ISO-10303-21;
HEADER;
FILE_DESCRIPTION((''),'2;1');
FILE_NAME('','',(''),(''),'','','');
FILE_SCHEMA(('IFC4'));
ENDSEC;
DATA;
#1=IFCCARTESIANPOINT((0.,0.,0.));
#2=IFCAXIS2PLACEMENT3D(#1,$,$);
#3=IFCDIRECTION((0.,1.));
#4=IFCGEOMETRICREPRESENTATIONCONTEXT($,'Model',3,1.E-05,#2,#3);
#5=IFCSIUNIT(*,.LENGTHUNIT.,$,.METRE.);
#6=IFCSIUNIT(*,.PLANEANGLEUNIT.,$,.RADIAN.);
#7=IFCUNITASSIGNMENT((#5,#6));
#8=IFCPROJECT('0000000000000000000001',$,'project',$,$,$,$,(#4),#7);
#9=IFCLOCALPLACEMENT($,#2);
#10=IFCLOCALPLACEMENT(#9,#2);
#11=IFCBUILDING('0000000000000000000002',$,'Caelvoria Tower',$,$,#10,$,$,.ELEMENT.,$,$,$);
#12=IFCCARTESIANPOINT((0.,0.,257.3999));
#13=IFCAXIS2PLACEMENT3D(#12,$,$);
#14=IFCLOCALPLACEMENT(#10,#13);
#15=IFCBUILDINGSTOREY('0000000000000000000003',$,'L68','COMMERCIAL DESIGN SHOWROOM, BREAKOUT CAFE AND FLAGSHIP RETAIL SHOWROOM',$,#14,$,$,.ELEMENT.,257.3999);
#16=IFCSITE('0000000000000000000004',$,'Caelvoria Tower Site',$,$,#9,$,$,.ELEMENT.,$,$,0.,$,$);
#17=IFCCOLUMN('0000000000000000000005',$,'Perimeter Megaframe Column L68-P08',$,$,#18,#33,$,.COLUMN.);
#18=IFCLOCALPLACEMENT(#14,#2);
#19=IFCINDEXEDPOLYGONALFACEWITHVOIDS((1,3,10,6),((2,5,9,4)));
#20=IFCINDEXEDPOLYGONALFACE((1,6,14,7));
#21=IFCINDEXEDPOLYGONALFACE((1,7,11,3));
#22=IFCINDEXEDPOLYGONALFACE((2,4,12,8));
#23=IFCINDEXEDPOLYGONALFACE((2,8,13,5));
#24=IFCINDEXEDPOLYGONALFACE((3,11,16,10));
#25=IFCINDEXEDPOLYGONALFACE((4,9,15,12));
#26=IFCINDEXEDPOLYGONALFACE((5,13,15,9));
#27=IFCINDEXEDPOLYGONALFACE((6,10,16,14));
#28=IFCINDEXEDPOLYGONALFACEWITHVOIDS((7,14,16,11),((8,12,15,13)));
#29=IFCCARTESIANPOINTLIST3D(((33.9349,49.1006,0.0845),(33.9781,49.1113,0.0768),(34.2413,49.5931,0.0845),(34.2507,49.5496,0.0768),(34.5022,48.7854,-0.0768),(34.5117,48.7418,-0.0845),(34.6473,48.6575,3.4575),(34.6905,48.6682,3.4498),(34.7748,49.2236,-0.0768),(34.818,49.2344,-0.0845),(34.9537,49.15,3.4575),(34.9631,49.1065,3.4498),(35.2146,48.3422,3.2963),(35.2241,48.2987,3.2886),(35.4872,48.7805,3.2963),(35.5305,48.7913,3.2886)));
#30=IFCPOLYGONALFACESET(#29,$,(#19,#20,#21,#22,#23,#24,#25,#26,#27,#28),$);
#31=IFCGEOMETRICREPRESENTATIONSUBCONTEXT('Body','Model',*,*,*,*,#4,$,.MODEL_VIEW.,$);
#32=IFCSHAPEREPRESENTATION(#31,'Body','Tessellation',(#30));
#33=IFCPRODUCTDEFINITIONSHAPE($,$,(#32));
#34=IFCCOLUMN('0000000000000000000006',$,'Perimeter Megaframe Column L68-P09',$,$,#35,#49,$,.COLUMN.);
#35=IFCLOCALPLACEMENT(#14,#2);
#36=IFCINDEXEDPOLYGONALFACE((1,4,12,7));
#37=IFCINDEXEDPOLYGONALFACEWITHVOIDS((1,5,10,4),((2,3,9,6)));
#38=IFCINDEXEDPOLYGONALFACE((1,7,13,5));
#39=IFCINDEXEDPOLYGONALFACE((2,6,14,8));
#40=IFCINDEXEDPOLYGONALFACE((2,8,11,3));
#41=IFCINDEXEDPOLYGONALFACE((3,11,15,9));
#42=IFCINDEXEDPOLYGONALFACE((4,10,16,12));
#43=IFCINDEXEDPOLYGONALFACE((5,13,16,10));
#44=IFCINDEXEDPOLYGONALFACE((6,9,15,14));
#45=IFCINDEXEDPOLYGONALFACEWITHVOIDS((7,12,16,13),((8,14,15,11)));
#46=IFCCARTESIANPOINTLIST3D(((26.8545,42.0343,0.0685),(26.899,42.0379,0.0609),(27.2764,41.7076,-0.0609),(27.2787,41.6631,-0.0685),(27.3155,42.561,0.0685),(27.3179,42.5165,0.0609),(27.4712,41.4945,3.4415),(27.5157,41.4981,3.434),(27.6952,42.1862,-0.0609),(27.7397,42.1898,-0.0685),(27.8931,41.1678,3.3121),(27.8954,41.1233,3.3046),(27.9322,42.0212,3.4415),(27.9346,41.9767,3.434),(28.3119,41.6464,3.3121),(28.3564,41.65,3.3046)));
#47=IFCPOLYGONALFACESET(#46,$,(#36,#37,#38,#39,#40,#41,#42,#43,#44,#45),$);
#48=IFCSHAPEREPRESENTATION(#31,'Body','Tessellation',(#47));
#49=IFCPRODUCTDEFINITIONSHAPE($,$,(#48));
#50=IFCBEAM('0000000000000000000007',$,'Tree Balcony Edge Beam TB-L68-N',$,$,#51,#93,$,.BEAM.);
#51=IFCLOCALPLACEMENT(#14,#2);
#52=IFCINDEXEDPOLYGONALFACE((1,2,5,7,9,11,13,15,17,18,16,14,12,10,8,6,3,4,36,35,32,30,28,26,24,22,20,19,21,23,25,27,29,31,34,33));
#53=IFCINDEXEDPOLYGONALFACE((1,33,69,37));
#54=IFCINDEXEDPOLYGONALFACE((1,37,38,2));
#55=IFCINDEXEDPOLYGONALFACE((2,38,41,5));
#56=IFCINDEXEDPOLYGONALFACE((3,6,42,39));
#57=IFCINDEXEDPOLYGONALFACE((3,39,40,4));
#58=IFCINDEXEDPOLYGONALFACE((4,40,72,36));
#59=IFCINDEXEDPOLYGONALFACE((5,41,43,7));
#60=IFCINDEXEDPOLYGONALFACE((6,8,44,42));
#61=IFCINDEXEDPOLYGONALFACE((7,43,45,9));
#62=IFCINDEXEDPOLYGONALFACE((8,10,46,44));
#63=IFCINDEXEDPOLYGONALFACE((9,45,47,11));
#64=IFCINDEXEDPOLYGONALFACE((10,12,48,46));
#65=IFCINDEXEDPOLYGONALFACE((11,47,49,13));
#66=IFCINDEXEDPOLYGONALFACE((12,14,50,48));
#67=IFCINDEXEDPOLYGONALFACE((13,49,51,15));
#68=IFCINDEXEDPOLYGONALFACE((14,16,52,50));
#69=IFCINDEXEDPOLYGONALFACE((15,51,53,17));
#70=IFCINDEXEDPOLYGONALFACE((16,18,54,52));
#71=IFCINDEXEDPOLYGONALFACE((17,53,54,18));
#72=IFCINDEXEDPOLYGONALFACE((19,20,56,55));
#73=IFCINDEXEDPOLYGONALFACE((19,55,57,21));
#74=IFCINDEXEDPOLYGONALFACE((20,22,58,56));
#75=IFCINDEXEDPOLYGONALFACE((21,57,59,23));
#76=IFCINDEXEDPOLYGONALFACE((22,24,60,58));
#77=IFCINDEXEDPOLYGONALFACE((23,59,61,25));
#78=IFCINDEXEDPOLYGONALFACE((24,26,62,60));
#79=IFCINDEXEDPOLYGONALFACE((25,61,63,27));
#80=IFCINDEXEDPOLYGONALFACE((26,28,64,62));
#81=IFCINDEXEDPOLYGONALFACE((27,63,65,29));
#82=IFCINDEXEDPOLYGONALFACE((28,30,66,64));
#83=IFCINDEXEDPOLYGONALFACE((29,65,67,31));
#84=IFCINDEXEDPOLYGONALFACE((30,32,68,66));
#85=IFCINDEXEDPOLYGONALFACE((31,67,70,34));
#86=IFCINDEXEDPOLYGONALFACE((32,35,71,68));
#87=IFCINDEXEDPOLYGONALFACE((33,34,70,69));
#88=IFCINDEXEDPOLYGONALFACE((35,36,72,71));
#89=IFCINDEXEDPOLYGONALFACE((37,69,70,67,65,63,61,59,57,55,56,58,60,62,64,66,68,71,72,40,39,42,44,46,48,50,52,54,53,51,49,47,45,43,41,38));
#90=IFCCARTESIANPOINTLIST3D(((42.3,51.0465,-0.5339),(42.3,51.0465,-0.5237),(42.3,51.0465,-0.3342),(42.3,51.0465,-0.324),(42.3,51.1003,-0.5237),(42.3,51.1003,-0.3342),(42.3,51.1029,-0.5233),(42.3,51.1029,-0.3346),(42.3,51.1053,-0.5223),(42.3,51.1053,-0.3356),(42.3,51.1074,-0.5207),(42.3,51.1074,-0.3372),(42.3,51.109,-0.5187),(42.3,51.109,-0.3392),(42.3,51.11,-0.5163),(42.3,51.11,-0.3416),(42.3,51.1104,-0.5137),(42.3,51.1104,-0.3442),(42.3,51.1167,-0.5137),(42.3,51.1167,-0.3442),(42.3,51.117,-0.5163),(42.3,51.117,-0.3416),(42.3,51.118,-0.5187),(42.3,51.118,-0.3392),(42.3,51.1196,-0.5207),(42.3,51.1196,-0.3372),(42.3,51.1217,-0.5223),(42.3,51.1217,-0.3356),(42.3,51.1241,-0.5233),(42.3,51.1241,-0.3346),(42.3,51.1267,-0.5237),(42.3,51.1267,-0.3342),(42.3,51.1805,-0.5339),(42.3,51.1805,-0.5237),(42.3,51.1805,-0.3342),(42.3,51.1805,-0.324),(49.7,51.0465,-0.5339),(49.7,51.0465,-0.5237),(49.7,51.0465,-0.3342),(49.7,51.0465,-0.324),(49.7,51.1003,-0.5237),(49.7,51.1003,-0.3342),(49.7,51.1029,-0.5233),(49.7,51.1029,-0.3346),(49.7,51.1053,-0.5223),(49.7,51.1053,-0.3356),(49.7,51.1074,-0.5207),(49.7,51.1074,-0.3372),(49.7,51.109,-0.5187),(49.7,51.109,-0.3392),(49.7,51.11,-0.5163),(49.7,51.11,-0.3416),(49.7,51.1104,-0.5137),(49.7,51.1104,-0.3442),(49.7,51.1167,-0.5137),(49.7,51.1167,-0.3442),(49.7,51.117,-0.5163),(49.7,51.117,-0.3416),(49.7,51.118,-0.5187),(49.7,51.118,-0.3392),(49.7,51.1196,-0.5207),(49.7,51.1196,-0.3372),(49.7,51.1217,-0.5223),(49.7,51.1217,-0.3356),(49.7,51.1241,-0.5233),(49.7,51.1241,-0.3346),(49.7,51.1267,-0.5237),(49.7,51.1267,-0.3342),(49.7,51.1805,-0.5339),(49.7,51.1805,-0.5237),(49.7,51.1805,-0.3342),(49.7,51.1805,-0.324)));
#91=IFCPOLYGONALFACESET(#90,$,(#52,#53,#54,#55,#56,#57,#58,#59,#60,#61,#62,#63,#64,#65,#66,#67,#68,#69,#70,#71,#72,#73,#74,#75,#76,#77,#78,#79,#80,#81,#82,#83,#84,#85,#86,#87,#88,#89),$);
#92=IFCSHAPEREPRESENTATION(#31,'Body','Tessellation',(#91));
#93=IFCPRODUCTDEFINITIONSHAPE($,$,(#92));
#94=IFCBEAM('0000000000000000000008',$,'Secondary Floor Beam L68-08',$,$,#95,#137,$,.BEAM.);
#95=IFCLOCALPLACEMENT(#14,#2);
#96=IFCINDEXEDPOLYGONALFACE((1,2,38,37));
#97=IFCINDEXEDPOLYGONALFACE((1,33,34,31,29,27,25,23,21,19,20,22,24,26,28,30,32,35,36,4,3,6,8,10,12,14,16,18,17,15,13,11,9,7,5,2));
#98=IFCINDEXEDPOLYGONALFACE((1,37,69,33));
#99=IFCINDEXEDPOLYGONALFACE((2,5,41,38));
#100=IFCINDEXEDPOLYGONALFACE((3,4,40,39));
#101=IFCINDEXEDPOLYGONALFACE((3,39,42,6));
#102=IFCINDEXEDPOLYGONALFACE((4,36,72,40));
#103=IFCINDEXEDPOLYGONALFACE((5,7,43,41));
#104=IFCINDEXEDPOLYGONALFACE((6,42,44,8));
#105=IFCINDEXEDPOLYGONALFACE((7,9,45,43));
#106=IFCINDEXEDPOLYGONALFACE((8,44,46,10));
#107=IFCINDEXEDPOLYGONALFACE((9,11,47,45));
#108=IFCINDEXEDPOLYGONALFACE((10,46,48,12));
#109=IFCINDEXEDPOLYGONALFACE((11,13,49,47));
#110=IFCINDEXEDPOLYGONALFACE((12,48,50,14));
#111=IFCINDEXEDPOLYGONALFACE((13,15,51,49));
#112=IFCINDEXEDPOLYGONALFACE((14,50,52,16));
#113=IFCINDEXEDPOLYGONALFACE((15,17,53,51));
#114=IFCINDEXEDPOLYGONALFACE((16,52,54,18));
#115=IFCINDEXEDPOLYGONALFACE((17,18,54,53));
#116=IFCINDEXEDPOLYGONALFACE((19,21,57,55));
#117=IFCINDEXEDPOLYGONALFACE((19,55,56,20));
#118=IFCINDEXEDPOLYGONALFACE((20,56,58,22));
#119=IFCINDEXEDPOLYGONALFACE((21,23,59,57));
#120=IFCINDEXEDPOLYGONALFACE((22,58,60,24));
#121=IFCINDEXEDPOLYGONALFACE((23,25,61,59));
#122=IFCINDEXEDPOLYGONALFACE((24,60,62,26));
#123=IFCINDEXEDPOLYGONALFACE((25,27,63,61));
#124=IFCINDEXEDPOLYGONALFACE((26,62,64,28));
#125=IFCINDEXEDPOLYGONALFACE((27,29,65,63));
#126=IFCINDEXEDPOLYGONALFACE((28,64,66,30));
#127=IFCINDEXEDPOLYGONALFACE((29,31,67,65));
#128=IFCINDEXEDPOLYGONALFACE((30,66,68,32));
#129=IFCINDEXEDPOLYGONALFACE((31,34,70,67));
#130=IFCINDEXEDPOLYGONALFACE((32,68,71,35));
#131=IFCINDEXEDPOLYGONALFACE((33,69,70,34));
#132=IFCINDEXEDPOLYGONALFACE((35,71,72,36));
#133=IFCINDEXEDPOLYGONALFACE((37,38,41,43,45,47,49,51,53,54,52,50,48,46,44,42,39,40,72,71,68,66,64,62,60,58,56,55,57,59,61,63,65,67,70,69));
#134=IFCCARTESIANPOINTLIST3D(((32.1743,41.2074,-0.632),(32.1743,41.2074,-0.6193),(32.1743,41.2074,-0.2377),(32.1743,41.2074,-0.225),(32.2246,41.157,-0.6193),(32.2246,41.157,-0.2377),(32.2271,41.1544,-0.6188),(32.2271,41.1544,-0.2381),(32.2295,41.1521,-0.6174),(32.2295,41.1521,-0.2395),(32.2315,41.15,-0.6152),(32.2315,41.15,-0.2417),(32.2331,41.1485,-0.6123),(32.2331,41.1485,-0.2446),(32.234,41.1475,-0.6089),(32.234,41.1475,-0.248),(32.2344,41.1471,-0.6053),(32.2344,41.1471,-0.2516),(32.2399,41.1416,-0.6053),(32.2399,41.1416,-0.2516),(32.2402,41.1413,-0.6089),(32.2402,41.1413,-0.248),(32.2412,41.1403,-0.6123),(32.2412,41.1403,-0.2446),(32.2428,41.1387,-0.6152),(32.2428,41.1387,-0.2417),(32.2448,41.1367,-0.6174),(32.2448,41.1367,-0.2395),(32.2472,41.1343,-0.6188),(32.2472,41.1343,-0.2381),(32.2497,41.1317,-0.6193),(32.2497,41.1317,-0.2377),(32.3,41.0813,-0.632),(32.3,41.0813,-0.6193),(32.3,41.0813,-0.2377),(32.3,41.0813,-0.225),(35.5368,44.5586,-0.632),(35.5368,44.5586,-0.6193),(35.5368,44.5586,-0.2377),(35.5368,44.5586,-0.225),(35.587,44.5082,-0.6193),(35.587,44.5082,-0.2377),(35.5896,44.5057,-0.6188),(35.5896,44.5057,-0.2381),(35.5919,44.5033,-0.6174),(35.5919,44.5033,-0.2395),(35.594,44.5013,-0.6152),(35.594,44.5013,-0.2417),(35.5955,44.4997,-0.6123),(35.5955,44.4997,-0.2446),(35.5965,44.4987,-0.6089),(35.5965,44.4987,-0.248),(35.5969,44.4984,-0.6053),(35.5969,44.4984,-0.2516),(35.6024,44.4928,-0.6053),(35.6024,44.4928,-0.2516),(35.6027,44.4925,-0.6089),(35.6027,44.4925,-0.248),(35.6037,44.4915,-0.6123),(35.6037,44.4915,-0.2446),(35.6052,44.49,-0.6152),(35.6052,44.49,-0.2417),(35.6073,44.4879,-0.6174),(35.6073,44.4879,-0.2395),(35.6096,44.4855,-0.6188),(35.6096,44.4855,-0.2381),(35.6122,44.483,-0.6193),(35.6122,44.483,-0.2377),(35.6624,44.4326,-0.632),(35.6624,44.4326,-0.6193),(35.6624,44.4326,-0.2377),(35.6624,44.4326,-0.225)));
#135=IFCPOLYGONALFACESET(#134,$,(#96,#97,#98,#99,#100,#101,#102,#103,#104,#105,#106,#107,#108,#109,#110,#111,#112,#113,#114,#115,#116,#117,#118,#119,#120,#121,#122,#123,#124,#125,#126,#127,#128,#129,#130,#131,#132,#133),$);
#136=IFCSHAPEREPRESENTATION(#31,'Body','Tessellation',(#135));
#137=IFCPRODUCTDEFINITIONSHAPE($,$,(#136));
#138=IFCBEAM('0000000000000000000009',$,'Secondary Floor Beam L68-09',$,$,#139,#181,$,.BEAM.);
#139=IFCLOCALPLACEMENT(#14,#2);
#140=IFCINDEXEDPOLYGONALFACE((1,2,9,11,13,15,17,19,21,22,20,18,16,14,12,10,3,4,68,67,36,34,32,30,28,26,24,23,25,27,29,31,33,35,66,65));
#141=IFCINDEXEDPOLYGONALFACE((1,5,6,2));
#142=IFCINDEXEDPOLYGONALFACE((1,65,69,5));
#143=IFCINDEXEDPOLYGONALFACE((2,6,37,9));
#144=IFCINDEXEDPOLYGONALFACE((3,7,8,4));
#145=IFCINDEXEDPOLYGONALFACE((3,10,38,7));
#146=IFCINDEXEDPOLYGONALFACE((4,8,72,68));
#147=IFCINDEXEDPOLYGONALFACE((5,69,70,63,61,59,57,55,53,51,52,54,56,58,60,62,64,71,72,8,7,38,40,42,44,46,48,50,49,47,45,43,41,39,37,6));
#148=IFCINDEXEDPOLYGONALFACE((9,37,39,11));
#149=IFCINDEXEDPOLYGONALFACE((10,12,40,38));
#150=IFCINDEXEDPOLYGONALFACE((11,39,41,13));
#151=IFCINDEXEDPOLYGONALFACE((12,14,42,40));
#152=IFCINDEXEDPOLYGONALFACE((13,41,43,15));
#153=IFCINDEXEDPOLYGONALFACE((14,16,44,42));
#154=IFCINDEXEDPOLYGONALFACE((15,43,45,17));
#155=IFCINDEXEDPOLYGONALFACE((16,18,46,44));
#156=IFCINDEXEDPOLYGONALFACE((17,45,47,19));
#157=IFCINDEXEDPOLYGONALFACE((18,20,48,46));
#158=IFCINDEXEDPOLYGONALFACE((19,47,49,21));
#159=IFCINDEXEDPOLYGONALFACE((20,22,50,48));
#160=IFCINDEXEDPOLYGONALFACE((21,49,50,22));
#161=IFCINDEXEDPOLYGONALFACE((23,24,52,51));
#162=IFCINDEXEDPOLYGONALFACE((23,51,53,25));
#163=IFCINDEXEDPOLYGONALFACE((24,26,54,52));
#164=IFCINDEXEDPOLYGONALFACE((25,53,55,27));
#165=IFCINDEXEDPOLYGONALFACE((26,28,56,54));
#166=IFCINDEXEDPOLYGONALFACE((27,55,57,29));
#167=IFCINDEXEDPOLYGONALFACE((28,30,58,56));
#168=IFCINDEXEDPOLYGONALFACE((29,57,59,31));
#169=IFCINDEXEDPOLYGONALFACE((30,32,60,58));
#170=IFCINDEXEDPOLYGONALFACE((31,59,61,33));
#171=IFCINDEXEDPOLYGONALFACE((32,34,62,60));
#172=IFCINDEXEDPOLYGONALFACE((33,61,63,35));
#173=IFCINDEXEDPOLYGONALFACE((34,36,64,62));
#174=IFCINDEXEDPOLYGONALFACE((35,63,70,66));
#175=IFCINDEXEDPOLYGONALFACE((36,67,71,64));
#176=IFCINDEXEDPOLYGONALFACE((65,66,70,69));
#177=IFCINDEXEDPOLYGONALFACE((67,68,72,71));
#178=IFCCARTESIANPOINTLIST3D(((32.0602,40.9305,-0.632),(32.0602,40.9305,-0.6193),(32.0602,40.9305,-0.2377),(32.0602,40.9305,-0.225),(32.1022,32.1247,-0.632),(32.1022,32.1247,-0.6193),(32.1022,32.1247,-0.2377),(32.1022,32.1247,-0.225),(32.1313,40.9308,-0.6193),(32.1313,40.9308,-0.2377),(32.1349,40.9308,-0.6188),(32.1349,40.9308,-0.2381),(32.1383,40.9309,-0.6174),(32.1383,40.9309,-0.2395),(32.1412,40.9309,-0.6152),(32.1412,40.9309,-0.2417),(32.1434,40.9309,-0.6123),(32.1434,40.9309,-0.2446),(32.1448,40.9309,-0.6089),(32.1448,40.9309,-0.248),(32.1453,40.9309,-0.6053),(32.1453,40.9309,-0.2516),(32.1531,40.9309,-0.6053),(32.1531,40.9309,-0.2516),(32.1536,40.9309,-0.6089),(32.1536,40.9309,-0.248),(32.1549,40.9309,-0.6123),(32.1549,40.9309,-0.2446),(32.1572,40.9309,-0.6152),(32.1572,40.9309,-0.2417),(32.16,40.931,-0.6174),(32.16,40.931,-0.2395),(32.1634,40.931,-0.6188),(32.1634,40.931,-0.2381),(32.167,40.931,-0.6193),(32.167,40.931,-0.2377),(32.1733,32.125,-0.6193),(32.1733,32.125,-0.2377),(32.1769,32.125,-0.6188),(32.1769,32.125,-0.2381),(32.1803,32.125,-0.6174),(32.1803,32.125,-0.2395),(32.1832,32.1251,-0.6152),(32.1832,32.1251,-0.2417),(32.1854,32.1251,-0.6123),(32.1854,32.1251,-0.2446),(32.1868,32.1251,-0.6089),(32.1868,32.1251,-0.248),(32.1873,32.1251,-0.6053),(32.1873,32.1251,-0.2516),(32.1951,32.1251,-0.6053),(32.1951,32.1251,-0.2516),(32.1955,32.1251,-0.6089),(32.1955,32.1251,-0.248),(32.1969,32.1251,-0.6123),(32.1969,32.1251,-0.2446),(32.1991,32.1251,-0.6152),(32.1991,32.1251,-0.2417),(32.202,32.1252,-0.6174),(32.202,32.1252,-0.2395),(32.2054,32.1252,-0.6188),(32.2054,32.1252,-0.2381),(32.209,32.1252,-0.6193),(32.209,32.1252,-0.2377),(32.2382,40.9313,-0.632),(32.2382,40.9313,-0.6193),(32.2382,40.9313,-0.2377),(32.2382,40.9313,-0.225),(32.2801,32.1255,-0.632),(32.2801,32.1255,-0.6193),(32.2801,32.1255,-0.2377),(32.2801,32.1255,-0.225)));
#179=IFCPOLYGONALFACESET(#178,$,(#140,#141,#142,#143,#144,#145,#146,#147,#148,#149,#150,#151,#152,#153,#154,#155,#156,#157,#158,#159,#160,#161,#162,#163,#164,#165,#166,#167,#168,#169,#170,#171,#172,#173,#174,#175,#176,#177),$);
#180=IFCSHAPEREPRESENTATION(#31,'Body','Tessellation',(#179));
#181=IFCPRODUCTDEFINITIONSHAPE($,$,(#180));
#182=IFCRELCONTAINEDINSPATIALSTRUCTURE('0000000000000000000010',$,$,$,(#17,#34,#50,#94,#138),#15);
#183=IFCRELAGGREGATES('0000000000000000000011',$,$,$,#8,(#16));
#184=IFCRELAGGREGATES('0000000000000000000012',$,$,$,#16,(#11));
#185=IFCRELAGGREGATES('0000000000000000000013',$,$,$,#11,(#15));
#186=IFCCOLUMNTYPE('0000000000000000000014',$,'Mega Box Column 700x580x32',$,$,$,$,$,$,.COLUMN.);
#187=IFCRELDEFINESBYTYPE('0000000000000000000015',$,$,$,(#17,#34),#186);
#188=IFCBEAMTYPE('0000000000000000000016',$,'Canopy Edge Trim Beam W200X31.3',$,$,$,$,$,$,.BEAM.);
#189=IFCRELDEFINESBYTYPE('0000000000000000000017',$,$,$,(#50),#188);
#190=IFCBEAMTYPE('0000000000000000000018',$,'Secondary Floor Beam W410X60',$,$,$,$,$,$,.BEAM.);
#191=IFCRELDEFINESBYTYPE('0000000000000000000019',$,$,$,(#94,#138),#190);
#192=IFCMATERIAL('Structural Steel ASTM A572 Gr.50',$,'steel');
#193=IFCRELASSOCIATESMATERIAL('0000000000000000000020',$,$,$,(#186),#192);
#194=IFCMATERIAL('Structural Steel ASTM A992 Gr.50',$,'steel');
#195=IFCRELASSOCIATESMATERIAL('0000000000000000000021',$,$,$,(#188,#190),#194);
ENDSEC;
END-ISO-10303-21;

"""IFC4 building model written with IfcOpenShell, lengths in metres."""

from ifc_helpers import new_model, si_unit, direction, frame, origin, origin_2d, place, context, subcontext, project, spatial, hollow_rectangle, i_section, extrude, material, material_profile, profile_set, type_object, element, save


model = new_model("IFC4")

# Units and contexts
model_context = context("Model", 3, precision=1e-05, world=origin(), true_north=direction((0.0, 1.0)))
body_context = subcontext(model_context, "Body", "Model", "MODEL_VIEW")
ifc_project = project(units=[si_unit("LENGTHUNIT", "METRE"), si_unit("PLANEANGLEUNIT", "RADIAN")], contexts=[model_context])

# Site, building, storey
site_placement = place(None, origin())
site = spatial("IfcSite", under=ifc_project, at=site_placement, Name="Caelvoria Tower Site", CompositionType="ELEMENT", RefElevation=0.0)
building_placement = place(site_placement, origin())
building = spatial("IfcBuilding", under=site, at=building_placement, Name="Caelvoria Tower", CompositionType="ELEMENT")
storey_placement = place(building_placement, frame((0.0, 0.0, 257.3999)))
storey = spatial("IfcBuildingStorey", under=building, at=storey_placement, Name="L68", Description="COMMERCIAL DESIGN SHOWROOM, BREAKOUT CAFE AND FLAGSHIP RETAIL SHOWROOM", CompositionType="ELEMENT", Elevation=257.3999)

# Columns
ifc_material_1 = material(Name="Structural Steel ASTM A572 Gr.50", Category="steel")
ifc_material_profile_1 = material_profile(ifc_material_1, hollow_rectangle(XDim=0.5801, YDim=0.7, WallThickness=0.032, at=origin_2d()), Name="Structural Steel ASTM A572 Gr.50")
ifc_profile_set_1 = profile_set([ifc_material_profile_1], Name="BOX700X580X32 - Structural Steel ASTM A572 Gr.50")
column_type = type_object("IfcColumnType", Name="Mega Box Column 700x580x32", PredefinedType="COLUMN", material=ifc_profile_set_1)
column_1_placement = place(storey_placement, frame((34.3765, 49.1675, 0.0), z_axis=(0.20496, -0.127485, 0.970432), x_axis=(0.528167, 0.849141, 0.0)))
element("IfcColumn", 1, at=column_1_placement, inside=storey, type_object=column_type, Name="Perimeter Megaframe Column L68-P08", PredefinedType="COLUMN", context=body_context, shape_type="SweptSolid", body=[
    extrude(hollow_rectangle(XDim=0.5801, YDim=0.7, WallThickness=0.032, at=origin_2d()), origin(), (0.0, 0.0, 1.0), 3.4758),
])
column_2_placement = place(storey_placement, frame((27.2971, 42.1121, 0.0), z_axis=(0.177662, -0.155507, 0.971727), x_axis=(-0.731192, 0.64001, 0.236107)))
element("IfcColumn", 2, at=column_2_placement, inside=storey, type_object=column_type, Name="Perimeter Megaframe Column L68-P09", PredefinedType="COLUMN", context=body_context, shape_type="SweptSolid", body=[
    extrude(hollow_rectangle(XDim=0.5801, YDim=0.7, WallThickness=0.032, at=origin_2d()), origin(), (0.0, 0.0, 1.0), 3.4712),
])

# Beams
ifc_material_2 = material(Name="Structural Steel ASTM A992 Gr.50", Category="steel")
ifc_material_profile_2 = material_profile(ifc_material_2, i_section(OverallWidth=0.134, OverallDepth=0.21, WebThickness=0.0063, FlangeThickness=0.0103, FilletRadius=0.01, at=origin_2d()), Name="Structural Steel ASTM A992 Gr.50")
ifc_profile_set_2 = profile_set([ifc_material_profile_2], Name="W200X31.3 - Structural Steel ASTM A992 Gr.50")
beam_type_1 = type_object("IfcBeamType", Name="Canopy Edge Trim Beam W200X31.3", PredefinedType="BEAM", material=ifc_profile_set_2)
beam_1_placement = place(storey_placement, frame((42.3, 51.1135, -0.429), z_axis=(1.0, 0.0, 0.0), x_axis=(0.0, 1.0, 0.0)))
element("IfcBeam", 3, at=beam_1_placement, inside=storey, type_object=beam_type_1, Name="Tree Balcony Edge Beam TB-L68-N", PredefinedType="BEAM", context=body_context, shape_type="SweptSolid", body=[
    extrude(i_section(OverallWidth=0.134, OverallDepth=0.21, WebThickness=0.0063, FlangeThickness=0.0103, FilletRadius=0.01, at=origin_2d()), origin(), (0.0, 0.0, 1.0), 7.3999),
])
ifc_material_profile_3 = material_profile(ifc_material_2, i_section(OverallWidth=0.178, OverallDepth=0.407, WebThickness=0.0078, FlangeThickness=0.0127, FilletRadius=0.0139, at=origin_2d()), Name="Structural Steel ASTM A992 Gr.50")
ifc_profile_set_3 = profile_set([ifc_material_profile_3], Name="W410X60 - Structural Steel ASTM A992 Gr.50")
beam_type_2 = type_object("IfcBeamType", Name="Secondary Floor Beam W410X60", PredefinedType="BEAM", material=ifc_profile_set_3)
beam_2_placement = place(storey_placement, frame((35.5996, 44.4956, -0.4285), z_axis=(-0.708289, -0.705923, 0.0), x_axis=(0.705923, -0.708289, 0.0)))
element("IfcBeam", 4, at=beam_2_placement, inside=storey, type_object=beam_type_2, Name="Secondary Floor Beam L68-08", PredefinedType="BEAM", context=body_context, shape_type="SweptSolid", body=[
    extrude(i_section(OverallWidth=0.178, OverallDepth=0.407, WebThickness=0.0078, FlangeThickness=0.0127, FilletRadius=0.0139, at=origin_2d()), origin(), (0.0, 0.0, 1.0), 4.7473),
])
beam_3_placement = place(storey_placement, frame((32.1492, 40.9309, -0.4285), z_axis=(0.004769, -0.999989, 0.0), x_axis=(0.999989, 0.004769, 0.0)))
element("IfcBeam", 5, at=beam_3_placement, inside=storey, type_object=beam_type_2, Name="Secondary Floor Beam L68-09", PredefinedType="BEAM", context=body_context, shape_type="SweptSolid", body=[
    extrude(i_section(OverallWidth=0.178, OverallDepth=0.407, WebThickness=0.0078, FlangeThickness=0.0127, FilletRadius=0.0139, at=origin_2d()), origin(), (0.0, 0.0, 1.0), 8.8059),
])

save(model, "model.ifc")
